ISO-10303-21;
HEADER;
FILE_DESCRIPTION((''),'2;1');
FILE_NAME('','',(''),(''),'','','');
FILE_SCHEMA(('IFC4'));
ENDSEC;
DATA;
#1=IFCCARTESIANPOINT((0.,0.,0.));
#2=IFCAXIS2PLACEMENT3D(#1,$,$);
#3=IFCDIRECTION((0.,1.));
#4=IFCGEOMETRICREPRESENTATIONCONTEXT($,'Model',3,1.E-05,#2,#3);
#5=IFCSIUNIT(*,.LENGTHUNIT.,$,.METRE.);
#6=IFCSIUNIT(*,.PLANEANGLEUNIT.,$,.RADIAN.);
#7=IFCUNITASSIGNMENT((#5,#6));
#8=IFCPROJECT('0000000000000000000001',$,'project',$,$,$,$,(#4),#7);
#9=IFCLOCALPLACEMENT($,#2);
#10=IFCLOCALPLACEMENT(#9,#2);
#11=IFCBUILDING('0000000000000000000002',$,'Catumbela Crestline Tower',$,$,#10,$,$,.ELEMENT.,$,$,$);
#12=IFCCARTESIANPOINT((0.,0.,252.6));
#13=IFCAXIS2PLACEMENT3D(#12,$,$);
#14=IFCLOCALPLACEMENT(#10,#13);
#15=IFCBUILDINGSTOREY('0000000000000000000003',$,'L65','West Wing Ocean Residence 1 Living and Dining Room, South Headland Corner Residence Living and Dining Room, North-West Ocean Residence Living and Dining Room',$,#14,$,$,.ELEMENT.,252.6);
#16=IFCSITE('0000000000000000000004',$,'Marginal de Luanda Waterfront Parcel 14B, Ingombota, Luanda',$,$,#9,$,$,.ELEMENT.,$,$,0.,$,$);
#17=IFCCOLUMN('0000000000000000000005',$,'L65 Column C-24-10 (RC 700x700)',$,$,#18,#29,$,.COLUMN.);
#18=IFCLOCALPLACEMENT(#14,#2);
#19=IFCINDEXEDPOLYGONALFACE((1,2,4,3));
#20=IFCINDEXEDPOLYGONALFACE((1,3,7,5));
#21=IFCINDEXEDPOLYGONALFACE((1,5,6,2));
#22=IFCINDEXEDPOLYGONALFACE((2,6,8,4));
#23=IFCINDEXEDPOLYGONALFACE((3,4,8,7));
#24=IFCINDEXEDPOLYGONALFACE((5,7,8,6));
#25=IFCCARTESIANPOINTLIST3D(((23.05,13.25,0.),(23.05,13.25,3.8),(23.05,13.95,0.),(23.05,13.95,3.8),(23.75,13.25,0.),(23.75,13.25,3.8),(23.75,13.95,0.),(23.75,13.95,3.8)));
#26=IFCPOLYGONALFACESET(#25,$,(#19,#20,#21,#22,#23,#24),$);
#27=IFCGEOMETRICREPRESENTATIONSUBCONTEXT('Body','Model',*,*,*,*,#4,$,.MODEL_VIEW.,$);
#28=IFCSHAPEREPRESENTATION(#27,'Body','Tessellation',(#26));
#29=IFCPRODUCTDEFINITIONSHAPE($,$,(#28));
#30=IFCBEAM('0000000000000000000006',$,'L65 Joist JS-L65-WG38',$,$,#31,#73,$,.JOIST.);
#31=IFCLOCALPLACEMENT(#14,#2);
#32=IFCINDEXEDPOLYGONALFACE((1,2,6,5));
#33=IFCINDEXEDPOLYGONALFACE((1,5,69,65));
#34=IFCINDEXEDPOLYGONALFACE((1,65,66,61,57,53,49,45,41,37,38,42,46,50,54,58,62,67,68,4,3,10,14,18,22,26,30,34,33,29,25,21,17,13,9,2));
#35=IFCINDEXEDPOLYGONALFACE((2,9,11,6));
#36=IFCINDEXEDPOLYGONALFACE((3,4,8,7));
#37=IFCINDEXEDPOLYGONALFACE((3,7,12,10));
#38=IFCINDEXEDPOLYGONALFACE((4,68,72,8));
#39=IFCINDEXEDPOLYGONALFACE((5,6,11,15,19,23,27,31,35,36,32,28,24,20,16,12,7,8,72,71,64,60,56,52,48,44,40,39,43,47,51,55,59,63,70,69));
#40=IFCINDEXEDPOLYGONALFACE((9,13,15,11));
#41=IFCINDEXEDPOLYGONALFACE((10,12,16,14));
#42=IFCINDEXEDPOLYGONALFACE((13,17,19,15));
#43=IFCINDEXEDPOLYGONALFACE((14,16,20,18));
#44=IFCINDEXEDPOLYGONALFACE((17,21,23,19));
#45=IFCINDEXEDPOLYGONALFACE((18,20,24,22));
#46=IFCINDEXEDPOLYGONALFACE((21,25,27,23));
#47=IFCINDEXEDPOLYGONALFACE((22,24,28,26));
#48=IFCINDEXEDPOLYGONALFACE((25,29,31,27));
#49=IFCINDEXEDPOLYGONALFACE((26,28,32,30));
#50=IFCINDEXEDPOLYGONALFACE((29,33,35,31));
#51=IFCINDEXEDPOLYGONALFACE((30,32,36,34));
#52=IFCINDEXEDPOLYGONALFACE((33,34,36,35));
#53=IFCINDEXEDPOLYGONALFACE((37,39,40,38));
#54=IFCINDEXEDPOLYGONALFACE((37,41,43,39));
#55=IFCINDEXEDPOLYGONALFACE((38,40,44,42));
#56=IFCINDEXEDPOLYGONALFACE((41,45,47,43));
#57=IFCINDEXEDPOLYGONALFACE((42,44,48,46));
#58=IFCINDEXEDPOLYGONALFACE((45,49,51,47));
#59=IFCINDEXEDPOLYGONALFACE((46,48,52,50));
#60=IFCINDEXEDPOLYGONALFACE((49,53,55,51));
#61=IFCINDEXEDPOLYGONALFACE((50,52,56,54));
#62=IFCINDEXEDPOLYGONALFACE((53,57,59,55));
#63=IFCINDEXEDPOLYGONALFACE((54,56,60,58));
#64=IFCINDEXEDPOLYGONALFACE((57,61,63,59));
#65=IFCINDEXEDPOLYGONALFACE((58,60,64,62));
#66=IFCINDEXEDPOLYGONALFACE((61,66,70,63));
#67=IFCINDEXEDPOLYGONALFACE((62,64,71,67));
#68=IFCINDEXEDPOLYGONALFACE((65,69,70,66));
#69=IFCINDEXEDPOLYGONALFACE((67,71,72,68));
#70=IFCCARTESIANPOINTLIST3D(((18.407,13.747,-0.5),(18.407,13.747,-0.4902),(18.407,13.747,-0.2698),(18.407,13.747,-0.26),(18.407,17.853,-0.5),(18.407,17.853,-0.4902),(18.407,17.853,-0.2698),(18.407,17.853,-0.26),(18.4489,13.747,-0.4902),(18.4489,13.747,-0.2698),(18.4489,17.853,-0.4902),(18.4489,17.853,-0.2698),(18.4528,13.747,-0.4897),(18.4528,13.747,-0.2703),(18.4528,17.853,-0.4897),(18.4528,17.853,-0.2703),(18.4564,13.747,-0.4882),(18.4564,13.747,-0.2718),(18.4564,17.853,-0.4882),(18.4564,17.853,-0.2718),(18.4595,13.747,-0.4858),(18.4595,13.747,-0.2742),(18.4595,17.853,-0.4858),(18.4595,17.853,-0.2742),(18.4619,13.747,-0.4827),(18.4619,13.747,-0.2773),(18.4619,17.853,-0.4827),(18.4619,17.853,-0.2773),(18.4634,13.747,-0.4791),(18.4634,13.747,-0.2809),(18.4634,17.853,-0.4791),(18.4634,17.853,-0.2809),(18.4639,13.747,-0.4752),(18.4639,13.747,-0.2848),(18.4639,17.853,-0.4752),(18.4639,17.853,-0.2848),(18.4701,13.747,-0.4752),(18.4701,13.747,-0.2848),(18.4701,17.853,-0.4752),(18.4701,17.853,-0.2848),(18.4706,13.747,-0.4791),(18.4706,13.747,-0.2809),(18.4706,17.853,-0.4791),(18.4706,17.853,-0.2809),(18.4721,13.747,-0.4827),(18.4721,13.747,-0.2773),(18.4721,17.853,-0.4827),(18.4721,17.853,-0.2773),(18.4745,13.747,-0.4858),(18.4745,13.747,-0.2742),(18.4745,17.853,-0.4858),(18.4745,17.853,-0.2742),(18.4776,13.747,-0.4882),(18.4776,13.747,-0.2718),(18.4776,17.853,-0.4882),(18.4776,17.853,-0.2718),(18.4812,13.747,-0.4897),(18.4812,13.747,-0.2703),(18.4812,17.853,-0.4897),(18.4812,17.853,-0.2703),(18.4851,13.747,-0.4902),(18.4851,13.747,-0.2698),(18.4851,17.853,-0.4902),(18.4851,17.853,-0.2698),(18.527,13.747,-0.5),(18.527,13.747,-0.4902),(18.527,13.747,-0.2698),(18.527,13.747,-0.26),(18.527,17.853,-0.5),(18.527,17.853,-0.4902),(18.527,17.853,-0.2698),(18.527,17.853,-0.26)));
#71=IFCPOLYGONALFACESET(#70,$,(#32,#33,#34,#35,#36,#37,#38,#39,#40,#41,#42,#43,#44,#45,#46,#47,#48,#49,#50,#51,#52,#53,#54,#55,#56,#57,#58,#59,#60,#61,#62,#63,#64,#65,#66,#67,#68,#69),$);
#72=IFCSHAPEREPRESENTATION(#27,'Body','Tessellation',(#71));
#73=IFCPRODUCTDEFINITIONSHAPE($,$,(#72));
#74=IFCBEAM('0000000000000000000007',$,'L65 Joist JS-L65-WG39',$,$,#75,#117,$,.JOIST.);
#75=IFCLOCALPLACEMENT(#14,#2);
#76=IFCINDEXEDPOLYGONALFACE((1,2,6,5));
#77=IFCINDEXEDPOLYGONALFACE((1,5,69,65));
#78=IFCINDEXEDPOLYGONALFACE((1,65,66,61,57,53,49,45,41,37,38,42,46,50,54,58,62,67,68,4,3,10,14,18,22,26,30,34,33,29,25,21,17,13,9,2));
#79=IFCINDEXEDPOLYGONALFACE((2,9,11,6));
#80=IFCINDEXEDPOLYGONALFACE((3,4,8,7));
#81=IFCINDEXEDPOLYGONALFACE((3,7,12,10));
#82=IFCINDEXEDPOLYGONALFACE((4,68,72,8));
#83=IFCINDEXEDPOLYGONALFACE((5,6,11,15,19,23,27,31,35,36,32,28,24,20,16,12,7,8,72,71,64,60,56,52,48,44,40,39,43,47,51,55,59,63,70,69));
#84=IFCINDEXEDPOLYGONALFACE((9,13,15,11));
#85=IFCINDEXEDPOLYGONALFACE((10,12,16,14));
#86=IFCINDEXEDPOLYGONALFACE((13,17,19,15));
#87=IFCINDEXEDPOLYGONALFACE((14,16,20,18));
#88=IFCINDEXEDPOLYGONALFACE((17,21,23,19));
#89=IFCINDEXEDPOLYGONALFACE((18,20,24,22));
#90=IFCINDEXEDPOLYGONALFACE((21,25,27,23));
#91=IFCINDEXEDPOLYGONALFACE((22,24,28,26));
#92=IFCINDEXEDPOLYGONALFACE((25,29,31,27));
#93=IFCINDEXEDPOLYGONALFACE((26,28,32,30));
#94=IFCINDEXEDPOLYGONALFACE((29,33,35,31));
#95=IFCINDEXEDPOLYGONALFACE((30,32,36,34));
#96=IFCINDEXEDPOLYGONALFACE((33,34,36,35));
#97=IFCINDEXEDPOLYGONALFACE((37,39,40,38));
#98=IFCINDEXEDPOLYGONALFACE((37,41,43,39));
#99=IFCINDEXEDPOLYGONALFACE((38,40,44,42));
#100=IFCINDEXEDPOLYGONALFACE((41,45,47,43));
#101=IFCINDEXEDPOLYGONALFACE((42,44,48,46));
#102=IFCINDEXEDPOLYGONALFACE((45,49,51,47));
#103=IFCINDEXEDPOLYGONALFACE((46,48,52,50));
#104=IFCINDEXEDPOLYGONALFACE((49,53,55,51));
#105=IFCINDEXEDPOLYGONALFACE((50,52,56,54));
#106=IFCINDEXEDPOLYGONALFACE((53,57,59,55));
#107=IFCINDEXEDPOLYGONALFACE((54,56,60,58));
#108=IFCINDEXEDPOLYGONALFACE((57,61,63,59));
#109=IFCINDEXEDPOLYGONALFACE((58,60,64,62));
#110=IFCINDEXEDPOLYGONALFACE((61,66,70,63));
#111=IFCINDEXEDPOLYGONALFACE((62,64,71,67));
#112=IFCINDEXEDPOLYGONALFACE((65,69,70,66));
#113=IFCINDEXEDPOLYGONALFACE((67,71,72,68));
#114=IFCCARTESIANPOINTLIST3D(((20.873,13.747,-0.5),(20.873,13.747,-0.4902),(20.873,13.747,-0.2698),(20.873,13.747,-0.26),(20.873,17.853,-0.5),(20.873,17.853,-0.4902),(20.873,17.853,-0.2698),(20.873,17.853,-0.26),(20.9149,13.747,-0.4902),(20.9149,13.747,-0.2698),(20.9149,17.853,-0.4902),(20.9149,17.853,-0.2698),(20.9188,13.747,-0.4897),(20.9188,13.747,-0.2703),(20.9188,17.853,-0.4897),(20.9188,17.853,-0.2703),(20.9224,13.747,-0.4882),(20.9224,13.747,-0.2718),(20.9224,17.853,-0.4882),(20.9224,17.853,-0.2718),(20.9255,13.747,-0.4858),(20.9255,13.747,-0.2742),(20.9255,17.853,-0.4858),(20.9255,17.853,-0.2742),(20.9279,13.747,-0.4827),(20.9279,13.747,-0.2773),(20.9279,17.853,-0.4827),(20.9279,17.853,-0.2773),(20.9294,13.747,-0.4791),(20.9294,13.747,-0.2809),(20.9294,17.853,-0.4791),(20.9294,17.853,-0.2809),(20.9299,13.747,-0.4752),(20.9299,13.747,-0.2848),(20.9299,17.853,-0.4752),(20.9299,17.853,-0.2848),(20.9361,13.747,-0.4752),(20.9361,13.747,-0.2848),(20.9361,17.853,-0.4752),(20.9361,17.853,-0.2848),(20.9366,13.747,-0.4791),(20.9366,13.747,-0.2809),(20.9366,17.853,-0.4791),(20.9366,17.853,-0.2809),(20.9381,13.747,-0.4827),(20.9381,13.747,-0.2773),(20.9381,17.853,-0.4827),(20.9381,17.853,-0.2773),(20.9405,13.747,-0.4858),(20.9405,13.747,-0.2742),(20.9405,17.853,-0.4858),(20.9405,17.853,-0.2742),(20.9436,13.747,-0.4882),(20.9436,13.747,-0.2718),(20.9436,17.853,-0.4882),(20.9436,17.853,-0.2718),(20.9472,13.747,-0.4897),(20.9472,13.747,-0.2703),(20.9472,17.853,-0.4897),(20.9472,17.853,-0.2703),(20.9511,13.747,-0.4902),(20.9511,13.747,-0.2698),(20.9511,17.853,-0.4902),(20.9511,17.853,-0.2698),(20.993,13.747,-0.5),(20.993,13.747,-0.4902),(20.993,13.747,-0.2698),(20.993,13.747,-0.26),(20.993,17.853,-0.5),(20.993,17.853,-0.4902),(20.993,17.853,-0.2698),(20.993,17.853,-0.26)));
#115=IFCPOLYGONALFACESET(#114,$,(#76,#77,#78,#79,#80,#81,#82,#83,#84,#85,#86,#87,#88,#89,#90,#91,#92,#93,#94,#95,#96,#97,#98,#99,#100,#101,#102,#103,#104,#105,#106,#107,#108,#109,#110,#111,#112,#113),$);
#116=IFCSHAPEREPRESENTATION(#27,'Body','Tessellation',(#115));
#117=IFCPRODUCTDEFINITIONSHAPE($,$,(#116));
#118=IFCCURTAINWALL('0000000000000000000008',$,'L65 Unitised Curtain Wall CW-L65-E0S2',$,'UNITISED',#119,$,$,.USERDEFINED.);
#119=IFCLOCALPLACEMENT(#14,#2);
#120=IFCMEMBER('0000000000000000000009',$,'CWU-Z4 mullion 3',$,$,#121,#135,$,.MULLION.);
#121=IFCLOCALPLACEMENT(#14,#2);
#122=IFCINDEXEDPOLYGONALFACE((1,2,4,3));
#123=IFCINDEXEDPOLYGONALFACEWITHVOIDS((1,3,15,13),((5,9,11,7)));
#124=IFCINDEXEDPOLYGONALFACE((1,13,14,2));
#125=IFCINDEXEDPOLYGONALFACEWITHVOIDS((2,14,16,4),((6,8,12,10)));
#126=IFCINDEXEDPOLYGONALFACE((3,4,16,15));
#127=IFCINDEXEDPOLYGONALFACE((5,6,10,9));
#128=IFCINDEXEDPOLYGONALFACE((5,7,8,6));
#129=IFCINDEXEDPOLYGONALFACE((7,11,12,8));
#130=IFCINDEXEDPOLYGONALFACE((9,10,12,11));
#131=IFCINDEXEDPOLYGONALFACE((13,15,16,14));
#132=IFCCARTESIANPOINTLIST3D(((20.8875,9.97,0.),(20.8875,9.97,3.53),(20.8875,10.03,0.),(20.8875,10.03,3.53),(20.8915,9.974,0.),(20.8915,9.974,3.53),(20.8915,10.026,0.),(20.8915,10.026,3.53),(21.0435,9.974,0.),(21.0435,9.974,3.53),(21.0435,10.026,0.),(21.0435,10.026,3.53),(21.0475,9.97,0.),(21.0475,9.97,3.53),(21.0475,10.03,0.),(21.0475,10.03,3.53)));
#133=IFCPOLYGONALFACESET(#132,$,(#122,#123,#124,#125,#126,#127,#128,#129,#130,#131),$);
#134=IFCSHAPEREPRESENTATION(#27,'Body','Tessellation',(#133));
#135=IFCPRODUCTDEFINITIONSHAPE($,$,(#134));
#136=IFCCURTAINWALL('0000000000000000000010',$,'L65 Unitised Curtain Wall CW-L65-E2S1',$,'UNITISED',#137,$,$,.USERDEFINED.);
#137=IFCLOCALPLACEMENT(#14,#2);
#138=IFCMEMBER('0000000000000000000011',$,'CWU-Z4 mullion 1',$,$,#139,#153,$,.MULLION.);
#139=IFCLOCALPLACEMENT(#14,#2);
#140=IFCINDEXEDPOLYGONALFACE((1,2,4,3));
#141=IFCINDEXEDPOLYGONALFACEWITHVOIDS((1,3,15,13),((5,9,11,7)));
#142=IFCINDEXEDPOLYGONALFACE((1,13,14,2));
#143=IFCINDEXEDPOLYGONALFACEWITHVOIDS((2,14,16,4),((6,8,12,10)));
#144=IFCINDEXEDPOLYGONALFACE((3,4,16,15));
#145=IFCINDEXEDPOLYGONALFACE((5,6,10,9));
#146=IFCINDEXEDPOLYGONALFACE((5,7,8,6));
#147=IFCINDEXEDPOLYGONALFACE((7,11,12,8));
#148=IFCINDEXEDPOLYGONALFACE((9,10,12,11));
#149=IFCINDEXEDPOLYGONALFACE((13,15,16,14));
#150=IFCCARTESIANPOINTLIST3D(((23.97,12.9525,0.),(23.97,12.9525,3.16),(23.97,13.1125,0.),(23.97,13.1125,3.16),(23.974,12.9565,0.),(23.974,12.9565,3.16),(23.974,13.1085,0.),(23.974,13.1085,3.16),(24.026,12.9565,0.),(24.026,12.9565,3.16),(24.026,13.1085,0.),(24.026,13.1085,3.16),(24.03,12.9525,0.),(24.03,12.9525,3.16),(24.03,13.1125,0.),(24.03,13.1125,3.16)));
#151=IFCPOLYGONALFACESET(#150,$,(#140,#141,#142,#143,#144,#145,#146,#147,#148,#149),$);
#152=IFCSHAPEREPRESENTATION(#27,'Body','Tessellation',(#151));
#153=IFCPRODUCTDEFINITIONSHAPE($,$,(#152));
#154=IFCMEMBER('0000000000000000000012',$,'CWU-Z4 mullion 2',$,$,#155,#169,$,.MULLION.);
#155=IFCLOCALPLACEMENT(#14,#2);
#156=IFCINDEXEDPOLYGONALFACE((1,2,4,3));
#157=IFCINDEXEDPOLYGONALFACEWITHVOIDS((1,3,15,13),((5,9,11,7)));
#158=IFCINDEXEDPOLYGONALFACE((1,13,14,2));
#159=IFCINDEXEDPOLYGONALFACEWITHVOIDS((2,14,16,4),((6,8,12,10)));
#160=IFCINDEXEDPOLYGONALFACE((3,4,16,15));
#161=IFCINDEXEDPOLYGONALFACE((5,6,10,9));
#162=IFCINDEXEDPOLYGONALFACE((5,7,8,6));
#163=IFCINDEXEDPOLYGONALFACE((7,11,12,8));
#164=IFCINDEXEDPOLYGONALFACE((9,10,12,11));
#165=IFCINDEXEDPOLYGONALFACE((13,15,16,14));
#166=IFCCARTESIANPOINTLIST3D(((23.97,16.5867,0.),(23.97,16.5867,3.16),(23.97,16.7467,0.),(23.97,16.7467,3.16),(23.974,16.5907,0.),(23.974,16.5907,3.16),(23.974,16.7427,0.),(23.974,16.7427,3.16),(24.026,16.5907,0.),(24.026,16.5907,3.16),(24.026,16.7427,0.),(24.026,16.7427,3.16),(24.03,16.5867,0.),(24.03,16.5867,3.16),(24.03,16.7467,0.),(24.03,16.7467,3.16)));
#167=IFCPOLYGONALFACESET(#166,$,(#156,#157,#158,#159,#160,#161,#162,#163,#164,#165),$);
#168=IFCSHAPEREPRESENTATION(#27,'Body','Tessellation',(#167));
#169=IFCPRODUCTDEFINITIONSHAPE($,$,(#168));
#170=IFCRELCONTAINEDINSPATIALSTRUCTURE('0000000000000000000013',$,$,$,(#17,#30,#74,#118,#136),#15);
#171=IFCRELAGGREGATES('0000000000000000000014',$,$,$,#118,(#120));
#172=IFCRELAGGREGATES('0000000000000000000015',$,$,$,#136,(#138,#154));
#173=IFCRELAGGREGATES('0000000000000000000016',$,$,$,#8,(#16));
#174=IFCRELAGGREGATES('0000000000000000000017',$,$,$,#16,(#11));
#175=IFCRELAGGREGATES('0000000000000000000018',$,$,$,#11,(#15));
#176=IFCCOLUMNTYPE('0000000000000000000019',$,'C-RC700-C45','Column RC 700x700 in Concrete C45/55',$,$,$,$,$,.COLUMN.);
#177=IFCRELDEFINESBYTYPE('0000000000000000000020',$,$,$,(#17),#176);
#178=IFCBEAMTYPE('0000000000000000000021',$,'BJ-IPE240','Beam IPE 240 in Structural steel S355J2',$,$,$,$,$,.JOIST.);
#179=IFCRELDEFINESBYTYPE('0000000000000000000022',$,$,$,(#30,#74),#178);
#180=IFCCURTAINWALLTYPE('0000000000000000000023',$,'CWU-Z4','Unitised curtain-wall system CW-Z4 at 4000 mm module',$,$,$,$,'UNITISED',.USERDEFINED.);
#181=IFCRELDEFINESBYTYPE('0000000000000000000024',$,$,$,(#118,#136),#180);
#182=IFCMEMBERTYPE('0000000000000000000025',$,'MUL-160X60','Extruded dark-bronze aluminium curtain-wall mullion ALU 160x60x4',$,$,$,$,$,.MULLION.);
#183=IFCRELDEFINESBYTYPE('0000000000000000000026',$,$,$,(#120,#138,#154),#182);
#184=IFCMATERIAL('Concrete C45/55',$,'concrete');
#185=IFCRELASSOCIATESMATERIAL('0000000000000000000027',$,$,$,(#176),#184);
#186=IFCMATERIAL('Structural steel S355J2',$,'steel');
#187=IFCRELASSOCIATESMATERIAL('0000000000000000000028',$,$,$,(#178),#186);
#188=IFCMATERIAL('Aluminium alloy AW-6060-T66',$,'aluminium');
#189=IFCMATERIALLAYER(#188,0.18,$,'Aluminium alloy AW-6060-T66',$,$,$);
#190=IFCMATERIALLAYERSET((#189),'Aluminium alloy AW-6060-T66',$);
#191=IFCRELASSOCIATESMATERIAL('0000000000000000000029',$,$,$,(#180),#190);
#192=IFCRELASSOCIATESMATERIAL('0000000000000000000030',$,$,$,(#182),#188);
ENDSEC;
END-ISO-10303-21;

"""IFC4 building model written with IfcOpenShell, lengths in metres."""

from ifc_helpers import new_model, si_unit, direction, frame, origin, origin_2d, place, context, subcontext, project, spatial, rectangle, hollow_rectangle, i_section, extrude, material, layer, layer_set, material_profile, profile_set, type_object, element, aggregate, save


model = new_model("IFC4")

# Units and contexts
model_context = context("Model", 3, precision=1e-05, world=origin(), true_north=direction((0.0, 1.0)))
body_context = subcontext(model_context, "Body", "Model", "MODEL_VIEW")
ifc_project = project(units=[si_unit("LENGTHUNIT", "METRE"), si_unit("PLANEANGLEUNIT", "RADIAN")], contexts=[model_context])

# Site, building, storey
site_placement = place(None, origin())
site = spatial("IfcSite", under=ifc_project, at=site_placement, Name="Marginal de Luanda Waterfront Parcel 14B, Ingombota, Luanda", CompositionType="ELEMENT", RefElevation=0.0)
building_placement = place(site_placement, origin())
building = spatial("IfcBuilding", under=site, at=building_placement, Name="Catumbela Crestline Tower", CompositionType="ELEMENT")
storey_placement = place(building_placement, frame((0.0, 0.0, 252.6)))
storey = spatial("IfcBuildingStorey", under=building, at=storey_placement, Name="L65", Description="West Wing Ocean Residence 1 Living and Dining Room, South Headland Corner Residence Living and Dining Room, North-West Ocean Residence Living and Dining Room", CompositionType="ELEMENT", Elevation=252.6)

# Column
ifc_material_1 = material(Name="Concrete C45/55", Category="concrete")
ifc_material_profile_1 = material_profile(ifc_material_1, rectangle(XDim=0.7, YDim=0.7, at=origin_2d()), Name="RC 700x700")
ifc_profile_set_1 = profile_set([ifc_material_profile_1], Name="Concrete C45/55")
column_type = type_object("IfcColumnType", Name="C-RC700-C45", Description="Column RC 700x700 in Concrete C45/55", PredefinedType="COLUMN", material=ifc_profile_set_1)
column_placement = place(storey_placement, frame((23.4, 13.6, 0.0), z_axis=(0.0, 0.0, 1.0), x_axis=(1.0, 0.0, 0.0)))
element("IfcColumn", 1, at=column_placement, inside=storey, type_object=column_type, Name="L65 Column C-24-10 (RC 700x700)", PredefinedType="COLUMN", context=body_context, shape_type="SweptSolid", body=[
    extrude(rectangle(XDim=0.7, YDim=0.7, at=origin_2d()), origin(), (0.0, 0.0, 1.0), 3.8),
])

# Beams
ifc_material_2 = material(Name="Structural steel S355J2", Category="steel")
ifc_material_profile_2 = material_profile(ifc_material_2, i_section(OverallWidth=0.12, OverallDepth=0.24, WebThickness=0.0062, FlangeThickness=0.0098, FilletRadius=0.015, at=origin_2d()), Name="IPE 240")
ifc_profile_set_2 = profile_set([ifc_material_profile_2], Name="Structural steel S355J2")
beam_type_1 = type_object("IfcBeamType", Name="BJ-IPE240", Description="Beam IPE 240 in Structural steel S355J2", PredefinedType="JOIST", material=ifc_profile_set_2)
for number, where, z_axis, x_axis, name in (
    (2, (18.467, 13.747, -0.38), (0.0, 1.0, 0.0), (-1.0, 0.0, 0.0), "L65 Joist JS-L65-WG38"),
    (3, (20.933, 13.747, -0.38), (0.0, 1.0, 0.0), (-1.0, 0.0, 0.0), "L65 Joist JS-L65-WG39"),
):
    element("IfcBeam", number, at=place(storey_placement, frame(where, z_axis=z_axis, x_axis=x_axis)), inside=storey, type_object=beam_type_1, Name=name, PredefinedType="JOIST", context=body_context, shape_type="SweptSolid", body=[
        extrude(i_section(OverallWidth=0.12, OverallDepth=0.24, WebThickness=0.0062, FlangeThickness=0.0098, FilletRadius=0.015, at=origin_2d()), origin(), (0.0, 0.0, 1.0), 4.106),
    ])

# Curtain wall, member
ifc_material_3 = material(Name="Aluminium alloy AW-6060-T66", Category="aluminium")
ifc_layer_1 = layer(ifc_material_3, 0.18, Name="Aluminium alloy AW-6060-T66")
ifc_layer_set_1 = layer_set([ifc_layer_1], Name="Aluminium alloy AW-6060-T66")
curtain_wall_type = type_object("IfcCurtainWallType", Name="CWU-Z4", Description="Unitised curtain-wall system CW-Z4 at 4000 mm module", ElementType="UNITISED", PredefinedType="USERDEFINED", material=ifc_layer_set_1)
curtain_wall_1_placement = place(storey_placement, origin())
curtain_wall_1 = element("IfcCurtainWall", 4, at=curtain_wall_1_placement, inside=storey, type_object=curtain_wall_type, Name="L65 Unitised Curtain Wall CW-L65-E0S2", ObjectType="UNITISED", PredefinedType="USERDEFINED")
ifc_material_profile_3 = material_profile(ifc_material_3, hollow_rectangle(XDim=0.06, YDim=0.16, WallThickness=0.004, at=origin_2d()), Name="ALU 160x60x4")
ifc_profile_set_3 = profile_set([ifc_material_profile_3], Name="Aluminium alloy AW-6060-T66")
member_type_1 = type_object("IfcMemberType", Name="MUL-160X60", Description="Extruded dark-bronze aluminium curtain-wall mullion ALU 160x60x4", PredefinedType="MULLION", material=ifc_profile_set_3)
member_1_placement = place(storey_placement, frame((20.9675, 10.0, 0.0), z_axis=(0.0, 0.0, 1.0), x_axis=(0.0, 1.0, 0.0)))
member_1 = element("IfcMember", 5, at=member_1_placement, type_object=member_type_1, Name="CWU-Z4 mullion 3", PredefinedType="MULLION", context=body_context, shape_type="SweptSolid", body=[
    extrude(hollow_rectangle(XDim=0.06, YDim=0.16, WallThickness=0.004, at=origin_2d()), origin(), (0.0, 0.0, 1.0), 3.53),
])

# Curtain wall, members
curtain_wall_2_placement = place(storey_placement, origin())
curtain_wall_2 = element("IfcCurtainWall", 6, at=curtain_wall_2_placement, inside=storey, type_object=curtain_wall_type, Name="L65 Unitised Curtain Wall CW-L65-E2S1", ObjectType="UNITISED", PredefinedType="USERDEFINED")
member_2_placement = place(storey_placement, frame((24.0, 13.0325, 0.0), z_axis=(0.0, 0.0, 1.0), x_axis=(-1.0, 0.0, 0.0)))
member_2 = element("IfcMember", 7, at=member_2_placement, type_object=member_type_1, Name="CWU-Z4 mullion 1", PredefinedType="MULLION", context=body_context, shape_type="SweptSolid", body=[
    extrude(hollow_rectangle(XDim=0.06, YDim=0.16, WallThickness=0.004, at=origin_2d()), origin(), (0.0, 0.0, 1.0), 3.16),
])
member_3_placement = place(storey_placement, frame((24.0, 16.6667, 0.0), z_axis=(0.0, 0.0, 1.0), x_axis=(-1.0, 0.0, 0.0)))
member_3 = element("IfcMember", 8, at=member_3_placement, type_object=member_type_1, Name="CWU-Z4 mullion 2", PredefinedType="MULLION", context=body_context, shape_type="SweptSolid", body=[
    extrude(hollow_rectangle(XDim=0.06, YDim=0.16, WallThickness=0.004, at=origin_2d()), origin(), (0.0, 0.0, 1.0), 3.16),
])

aggregate(curtain_wall_1, [member_1])
aggregate(curtain_wall_2, [member_2, member_3])

save(model, "model.ifc")
